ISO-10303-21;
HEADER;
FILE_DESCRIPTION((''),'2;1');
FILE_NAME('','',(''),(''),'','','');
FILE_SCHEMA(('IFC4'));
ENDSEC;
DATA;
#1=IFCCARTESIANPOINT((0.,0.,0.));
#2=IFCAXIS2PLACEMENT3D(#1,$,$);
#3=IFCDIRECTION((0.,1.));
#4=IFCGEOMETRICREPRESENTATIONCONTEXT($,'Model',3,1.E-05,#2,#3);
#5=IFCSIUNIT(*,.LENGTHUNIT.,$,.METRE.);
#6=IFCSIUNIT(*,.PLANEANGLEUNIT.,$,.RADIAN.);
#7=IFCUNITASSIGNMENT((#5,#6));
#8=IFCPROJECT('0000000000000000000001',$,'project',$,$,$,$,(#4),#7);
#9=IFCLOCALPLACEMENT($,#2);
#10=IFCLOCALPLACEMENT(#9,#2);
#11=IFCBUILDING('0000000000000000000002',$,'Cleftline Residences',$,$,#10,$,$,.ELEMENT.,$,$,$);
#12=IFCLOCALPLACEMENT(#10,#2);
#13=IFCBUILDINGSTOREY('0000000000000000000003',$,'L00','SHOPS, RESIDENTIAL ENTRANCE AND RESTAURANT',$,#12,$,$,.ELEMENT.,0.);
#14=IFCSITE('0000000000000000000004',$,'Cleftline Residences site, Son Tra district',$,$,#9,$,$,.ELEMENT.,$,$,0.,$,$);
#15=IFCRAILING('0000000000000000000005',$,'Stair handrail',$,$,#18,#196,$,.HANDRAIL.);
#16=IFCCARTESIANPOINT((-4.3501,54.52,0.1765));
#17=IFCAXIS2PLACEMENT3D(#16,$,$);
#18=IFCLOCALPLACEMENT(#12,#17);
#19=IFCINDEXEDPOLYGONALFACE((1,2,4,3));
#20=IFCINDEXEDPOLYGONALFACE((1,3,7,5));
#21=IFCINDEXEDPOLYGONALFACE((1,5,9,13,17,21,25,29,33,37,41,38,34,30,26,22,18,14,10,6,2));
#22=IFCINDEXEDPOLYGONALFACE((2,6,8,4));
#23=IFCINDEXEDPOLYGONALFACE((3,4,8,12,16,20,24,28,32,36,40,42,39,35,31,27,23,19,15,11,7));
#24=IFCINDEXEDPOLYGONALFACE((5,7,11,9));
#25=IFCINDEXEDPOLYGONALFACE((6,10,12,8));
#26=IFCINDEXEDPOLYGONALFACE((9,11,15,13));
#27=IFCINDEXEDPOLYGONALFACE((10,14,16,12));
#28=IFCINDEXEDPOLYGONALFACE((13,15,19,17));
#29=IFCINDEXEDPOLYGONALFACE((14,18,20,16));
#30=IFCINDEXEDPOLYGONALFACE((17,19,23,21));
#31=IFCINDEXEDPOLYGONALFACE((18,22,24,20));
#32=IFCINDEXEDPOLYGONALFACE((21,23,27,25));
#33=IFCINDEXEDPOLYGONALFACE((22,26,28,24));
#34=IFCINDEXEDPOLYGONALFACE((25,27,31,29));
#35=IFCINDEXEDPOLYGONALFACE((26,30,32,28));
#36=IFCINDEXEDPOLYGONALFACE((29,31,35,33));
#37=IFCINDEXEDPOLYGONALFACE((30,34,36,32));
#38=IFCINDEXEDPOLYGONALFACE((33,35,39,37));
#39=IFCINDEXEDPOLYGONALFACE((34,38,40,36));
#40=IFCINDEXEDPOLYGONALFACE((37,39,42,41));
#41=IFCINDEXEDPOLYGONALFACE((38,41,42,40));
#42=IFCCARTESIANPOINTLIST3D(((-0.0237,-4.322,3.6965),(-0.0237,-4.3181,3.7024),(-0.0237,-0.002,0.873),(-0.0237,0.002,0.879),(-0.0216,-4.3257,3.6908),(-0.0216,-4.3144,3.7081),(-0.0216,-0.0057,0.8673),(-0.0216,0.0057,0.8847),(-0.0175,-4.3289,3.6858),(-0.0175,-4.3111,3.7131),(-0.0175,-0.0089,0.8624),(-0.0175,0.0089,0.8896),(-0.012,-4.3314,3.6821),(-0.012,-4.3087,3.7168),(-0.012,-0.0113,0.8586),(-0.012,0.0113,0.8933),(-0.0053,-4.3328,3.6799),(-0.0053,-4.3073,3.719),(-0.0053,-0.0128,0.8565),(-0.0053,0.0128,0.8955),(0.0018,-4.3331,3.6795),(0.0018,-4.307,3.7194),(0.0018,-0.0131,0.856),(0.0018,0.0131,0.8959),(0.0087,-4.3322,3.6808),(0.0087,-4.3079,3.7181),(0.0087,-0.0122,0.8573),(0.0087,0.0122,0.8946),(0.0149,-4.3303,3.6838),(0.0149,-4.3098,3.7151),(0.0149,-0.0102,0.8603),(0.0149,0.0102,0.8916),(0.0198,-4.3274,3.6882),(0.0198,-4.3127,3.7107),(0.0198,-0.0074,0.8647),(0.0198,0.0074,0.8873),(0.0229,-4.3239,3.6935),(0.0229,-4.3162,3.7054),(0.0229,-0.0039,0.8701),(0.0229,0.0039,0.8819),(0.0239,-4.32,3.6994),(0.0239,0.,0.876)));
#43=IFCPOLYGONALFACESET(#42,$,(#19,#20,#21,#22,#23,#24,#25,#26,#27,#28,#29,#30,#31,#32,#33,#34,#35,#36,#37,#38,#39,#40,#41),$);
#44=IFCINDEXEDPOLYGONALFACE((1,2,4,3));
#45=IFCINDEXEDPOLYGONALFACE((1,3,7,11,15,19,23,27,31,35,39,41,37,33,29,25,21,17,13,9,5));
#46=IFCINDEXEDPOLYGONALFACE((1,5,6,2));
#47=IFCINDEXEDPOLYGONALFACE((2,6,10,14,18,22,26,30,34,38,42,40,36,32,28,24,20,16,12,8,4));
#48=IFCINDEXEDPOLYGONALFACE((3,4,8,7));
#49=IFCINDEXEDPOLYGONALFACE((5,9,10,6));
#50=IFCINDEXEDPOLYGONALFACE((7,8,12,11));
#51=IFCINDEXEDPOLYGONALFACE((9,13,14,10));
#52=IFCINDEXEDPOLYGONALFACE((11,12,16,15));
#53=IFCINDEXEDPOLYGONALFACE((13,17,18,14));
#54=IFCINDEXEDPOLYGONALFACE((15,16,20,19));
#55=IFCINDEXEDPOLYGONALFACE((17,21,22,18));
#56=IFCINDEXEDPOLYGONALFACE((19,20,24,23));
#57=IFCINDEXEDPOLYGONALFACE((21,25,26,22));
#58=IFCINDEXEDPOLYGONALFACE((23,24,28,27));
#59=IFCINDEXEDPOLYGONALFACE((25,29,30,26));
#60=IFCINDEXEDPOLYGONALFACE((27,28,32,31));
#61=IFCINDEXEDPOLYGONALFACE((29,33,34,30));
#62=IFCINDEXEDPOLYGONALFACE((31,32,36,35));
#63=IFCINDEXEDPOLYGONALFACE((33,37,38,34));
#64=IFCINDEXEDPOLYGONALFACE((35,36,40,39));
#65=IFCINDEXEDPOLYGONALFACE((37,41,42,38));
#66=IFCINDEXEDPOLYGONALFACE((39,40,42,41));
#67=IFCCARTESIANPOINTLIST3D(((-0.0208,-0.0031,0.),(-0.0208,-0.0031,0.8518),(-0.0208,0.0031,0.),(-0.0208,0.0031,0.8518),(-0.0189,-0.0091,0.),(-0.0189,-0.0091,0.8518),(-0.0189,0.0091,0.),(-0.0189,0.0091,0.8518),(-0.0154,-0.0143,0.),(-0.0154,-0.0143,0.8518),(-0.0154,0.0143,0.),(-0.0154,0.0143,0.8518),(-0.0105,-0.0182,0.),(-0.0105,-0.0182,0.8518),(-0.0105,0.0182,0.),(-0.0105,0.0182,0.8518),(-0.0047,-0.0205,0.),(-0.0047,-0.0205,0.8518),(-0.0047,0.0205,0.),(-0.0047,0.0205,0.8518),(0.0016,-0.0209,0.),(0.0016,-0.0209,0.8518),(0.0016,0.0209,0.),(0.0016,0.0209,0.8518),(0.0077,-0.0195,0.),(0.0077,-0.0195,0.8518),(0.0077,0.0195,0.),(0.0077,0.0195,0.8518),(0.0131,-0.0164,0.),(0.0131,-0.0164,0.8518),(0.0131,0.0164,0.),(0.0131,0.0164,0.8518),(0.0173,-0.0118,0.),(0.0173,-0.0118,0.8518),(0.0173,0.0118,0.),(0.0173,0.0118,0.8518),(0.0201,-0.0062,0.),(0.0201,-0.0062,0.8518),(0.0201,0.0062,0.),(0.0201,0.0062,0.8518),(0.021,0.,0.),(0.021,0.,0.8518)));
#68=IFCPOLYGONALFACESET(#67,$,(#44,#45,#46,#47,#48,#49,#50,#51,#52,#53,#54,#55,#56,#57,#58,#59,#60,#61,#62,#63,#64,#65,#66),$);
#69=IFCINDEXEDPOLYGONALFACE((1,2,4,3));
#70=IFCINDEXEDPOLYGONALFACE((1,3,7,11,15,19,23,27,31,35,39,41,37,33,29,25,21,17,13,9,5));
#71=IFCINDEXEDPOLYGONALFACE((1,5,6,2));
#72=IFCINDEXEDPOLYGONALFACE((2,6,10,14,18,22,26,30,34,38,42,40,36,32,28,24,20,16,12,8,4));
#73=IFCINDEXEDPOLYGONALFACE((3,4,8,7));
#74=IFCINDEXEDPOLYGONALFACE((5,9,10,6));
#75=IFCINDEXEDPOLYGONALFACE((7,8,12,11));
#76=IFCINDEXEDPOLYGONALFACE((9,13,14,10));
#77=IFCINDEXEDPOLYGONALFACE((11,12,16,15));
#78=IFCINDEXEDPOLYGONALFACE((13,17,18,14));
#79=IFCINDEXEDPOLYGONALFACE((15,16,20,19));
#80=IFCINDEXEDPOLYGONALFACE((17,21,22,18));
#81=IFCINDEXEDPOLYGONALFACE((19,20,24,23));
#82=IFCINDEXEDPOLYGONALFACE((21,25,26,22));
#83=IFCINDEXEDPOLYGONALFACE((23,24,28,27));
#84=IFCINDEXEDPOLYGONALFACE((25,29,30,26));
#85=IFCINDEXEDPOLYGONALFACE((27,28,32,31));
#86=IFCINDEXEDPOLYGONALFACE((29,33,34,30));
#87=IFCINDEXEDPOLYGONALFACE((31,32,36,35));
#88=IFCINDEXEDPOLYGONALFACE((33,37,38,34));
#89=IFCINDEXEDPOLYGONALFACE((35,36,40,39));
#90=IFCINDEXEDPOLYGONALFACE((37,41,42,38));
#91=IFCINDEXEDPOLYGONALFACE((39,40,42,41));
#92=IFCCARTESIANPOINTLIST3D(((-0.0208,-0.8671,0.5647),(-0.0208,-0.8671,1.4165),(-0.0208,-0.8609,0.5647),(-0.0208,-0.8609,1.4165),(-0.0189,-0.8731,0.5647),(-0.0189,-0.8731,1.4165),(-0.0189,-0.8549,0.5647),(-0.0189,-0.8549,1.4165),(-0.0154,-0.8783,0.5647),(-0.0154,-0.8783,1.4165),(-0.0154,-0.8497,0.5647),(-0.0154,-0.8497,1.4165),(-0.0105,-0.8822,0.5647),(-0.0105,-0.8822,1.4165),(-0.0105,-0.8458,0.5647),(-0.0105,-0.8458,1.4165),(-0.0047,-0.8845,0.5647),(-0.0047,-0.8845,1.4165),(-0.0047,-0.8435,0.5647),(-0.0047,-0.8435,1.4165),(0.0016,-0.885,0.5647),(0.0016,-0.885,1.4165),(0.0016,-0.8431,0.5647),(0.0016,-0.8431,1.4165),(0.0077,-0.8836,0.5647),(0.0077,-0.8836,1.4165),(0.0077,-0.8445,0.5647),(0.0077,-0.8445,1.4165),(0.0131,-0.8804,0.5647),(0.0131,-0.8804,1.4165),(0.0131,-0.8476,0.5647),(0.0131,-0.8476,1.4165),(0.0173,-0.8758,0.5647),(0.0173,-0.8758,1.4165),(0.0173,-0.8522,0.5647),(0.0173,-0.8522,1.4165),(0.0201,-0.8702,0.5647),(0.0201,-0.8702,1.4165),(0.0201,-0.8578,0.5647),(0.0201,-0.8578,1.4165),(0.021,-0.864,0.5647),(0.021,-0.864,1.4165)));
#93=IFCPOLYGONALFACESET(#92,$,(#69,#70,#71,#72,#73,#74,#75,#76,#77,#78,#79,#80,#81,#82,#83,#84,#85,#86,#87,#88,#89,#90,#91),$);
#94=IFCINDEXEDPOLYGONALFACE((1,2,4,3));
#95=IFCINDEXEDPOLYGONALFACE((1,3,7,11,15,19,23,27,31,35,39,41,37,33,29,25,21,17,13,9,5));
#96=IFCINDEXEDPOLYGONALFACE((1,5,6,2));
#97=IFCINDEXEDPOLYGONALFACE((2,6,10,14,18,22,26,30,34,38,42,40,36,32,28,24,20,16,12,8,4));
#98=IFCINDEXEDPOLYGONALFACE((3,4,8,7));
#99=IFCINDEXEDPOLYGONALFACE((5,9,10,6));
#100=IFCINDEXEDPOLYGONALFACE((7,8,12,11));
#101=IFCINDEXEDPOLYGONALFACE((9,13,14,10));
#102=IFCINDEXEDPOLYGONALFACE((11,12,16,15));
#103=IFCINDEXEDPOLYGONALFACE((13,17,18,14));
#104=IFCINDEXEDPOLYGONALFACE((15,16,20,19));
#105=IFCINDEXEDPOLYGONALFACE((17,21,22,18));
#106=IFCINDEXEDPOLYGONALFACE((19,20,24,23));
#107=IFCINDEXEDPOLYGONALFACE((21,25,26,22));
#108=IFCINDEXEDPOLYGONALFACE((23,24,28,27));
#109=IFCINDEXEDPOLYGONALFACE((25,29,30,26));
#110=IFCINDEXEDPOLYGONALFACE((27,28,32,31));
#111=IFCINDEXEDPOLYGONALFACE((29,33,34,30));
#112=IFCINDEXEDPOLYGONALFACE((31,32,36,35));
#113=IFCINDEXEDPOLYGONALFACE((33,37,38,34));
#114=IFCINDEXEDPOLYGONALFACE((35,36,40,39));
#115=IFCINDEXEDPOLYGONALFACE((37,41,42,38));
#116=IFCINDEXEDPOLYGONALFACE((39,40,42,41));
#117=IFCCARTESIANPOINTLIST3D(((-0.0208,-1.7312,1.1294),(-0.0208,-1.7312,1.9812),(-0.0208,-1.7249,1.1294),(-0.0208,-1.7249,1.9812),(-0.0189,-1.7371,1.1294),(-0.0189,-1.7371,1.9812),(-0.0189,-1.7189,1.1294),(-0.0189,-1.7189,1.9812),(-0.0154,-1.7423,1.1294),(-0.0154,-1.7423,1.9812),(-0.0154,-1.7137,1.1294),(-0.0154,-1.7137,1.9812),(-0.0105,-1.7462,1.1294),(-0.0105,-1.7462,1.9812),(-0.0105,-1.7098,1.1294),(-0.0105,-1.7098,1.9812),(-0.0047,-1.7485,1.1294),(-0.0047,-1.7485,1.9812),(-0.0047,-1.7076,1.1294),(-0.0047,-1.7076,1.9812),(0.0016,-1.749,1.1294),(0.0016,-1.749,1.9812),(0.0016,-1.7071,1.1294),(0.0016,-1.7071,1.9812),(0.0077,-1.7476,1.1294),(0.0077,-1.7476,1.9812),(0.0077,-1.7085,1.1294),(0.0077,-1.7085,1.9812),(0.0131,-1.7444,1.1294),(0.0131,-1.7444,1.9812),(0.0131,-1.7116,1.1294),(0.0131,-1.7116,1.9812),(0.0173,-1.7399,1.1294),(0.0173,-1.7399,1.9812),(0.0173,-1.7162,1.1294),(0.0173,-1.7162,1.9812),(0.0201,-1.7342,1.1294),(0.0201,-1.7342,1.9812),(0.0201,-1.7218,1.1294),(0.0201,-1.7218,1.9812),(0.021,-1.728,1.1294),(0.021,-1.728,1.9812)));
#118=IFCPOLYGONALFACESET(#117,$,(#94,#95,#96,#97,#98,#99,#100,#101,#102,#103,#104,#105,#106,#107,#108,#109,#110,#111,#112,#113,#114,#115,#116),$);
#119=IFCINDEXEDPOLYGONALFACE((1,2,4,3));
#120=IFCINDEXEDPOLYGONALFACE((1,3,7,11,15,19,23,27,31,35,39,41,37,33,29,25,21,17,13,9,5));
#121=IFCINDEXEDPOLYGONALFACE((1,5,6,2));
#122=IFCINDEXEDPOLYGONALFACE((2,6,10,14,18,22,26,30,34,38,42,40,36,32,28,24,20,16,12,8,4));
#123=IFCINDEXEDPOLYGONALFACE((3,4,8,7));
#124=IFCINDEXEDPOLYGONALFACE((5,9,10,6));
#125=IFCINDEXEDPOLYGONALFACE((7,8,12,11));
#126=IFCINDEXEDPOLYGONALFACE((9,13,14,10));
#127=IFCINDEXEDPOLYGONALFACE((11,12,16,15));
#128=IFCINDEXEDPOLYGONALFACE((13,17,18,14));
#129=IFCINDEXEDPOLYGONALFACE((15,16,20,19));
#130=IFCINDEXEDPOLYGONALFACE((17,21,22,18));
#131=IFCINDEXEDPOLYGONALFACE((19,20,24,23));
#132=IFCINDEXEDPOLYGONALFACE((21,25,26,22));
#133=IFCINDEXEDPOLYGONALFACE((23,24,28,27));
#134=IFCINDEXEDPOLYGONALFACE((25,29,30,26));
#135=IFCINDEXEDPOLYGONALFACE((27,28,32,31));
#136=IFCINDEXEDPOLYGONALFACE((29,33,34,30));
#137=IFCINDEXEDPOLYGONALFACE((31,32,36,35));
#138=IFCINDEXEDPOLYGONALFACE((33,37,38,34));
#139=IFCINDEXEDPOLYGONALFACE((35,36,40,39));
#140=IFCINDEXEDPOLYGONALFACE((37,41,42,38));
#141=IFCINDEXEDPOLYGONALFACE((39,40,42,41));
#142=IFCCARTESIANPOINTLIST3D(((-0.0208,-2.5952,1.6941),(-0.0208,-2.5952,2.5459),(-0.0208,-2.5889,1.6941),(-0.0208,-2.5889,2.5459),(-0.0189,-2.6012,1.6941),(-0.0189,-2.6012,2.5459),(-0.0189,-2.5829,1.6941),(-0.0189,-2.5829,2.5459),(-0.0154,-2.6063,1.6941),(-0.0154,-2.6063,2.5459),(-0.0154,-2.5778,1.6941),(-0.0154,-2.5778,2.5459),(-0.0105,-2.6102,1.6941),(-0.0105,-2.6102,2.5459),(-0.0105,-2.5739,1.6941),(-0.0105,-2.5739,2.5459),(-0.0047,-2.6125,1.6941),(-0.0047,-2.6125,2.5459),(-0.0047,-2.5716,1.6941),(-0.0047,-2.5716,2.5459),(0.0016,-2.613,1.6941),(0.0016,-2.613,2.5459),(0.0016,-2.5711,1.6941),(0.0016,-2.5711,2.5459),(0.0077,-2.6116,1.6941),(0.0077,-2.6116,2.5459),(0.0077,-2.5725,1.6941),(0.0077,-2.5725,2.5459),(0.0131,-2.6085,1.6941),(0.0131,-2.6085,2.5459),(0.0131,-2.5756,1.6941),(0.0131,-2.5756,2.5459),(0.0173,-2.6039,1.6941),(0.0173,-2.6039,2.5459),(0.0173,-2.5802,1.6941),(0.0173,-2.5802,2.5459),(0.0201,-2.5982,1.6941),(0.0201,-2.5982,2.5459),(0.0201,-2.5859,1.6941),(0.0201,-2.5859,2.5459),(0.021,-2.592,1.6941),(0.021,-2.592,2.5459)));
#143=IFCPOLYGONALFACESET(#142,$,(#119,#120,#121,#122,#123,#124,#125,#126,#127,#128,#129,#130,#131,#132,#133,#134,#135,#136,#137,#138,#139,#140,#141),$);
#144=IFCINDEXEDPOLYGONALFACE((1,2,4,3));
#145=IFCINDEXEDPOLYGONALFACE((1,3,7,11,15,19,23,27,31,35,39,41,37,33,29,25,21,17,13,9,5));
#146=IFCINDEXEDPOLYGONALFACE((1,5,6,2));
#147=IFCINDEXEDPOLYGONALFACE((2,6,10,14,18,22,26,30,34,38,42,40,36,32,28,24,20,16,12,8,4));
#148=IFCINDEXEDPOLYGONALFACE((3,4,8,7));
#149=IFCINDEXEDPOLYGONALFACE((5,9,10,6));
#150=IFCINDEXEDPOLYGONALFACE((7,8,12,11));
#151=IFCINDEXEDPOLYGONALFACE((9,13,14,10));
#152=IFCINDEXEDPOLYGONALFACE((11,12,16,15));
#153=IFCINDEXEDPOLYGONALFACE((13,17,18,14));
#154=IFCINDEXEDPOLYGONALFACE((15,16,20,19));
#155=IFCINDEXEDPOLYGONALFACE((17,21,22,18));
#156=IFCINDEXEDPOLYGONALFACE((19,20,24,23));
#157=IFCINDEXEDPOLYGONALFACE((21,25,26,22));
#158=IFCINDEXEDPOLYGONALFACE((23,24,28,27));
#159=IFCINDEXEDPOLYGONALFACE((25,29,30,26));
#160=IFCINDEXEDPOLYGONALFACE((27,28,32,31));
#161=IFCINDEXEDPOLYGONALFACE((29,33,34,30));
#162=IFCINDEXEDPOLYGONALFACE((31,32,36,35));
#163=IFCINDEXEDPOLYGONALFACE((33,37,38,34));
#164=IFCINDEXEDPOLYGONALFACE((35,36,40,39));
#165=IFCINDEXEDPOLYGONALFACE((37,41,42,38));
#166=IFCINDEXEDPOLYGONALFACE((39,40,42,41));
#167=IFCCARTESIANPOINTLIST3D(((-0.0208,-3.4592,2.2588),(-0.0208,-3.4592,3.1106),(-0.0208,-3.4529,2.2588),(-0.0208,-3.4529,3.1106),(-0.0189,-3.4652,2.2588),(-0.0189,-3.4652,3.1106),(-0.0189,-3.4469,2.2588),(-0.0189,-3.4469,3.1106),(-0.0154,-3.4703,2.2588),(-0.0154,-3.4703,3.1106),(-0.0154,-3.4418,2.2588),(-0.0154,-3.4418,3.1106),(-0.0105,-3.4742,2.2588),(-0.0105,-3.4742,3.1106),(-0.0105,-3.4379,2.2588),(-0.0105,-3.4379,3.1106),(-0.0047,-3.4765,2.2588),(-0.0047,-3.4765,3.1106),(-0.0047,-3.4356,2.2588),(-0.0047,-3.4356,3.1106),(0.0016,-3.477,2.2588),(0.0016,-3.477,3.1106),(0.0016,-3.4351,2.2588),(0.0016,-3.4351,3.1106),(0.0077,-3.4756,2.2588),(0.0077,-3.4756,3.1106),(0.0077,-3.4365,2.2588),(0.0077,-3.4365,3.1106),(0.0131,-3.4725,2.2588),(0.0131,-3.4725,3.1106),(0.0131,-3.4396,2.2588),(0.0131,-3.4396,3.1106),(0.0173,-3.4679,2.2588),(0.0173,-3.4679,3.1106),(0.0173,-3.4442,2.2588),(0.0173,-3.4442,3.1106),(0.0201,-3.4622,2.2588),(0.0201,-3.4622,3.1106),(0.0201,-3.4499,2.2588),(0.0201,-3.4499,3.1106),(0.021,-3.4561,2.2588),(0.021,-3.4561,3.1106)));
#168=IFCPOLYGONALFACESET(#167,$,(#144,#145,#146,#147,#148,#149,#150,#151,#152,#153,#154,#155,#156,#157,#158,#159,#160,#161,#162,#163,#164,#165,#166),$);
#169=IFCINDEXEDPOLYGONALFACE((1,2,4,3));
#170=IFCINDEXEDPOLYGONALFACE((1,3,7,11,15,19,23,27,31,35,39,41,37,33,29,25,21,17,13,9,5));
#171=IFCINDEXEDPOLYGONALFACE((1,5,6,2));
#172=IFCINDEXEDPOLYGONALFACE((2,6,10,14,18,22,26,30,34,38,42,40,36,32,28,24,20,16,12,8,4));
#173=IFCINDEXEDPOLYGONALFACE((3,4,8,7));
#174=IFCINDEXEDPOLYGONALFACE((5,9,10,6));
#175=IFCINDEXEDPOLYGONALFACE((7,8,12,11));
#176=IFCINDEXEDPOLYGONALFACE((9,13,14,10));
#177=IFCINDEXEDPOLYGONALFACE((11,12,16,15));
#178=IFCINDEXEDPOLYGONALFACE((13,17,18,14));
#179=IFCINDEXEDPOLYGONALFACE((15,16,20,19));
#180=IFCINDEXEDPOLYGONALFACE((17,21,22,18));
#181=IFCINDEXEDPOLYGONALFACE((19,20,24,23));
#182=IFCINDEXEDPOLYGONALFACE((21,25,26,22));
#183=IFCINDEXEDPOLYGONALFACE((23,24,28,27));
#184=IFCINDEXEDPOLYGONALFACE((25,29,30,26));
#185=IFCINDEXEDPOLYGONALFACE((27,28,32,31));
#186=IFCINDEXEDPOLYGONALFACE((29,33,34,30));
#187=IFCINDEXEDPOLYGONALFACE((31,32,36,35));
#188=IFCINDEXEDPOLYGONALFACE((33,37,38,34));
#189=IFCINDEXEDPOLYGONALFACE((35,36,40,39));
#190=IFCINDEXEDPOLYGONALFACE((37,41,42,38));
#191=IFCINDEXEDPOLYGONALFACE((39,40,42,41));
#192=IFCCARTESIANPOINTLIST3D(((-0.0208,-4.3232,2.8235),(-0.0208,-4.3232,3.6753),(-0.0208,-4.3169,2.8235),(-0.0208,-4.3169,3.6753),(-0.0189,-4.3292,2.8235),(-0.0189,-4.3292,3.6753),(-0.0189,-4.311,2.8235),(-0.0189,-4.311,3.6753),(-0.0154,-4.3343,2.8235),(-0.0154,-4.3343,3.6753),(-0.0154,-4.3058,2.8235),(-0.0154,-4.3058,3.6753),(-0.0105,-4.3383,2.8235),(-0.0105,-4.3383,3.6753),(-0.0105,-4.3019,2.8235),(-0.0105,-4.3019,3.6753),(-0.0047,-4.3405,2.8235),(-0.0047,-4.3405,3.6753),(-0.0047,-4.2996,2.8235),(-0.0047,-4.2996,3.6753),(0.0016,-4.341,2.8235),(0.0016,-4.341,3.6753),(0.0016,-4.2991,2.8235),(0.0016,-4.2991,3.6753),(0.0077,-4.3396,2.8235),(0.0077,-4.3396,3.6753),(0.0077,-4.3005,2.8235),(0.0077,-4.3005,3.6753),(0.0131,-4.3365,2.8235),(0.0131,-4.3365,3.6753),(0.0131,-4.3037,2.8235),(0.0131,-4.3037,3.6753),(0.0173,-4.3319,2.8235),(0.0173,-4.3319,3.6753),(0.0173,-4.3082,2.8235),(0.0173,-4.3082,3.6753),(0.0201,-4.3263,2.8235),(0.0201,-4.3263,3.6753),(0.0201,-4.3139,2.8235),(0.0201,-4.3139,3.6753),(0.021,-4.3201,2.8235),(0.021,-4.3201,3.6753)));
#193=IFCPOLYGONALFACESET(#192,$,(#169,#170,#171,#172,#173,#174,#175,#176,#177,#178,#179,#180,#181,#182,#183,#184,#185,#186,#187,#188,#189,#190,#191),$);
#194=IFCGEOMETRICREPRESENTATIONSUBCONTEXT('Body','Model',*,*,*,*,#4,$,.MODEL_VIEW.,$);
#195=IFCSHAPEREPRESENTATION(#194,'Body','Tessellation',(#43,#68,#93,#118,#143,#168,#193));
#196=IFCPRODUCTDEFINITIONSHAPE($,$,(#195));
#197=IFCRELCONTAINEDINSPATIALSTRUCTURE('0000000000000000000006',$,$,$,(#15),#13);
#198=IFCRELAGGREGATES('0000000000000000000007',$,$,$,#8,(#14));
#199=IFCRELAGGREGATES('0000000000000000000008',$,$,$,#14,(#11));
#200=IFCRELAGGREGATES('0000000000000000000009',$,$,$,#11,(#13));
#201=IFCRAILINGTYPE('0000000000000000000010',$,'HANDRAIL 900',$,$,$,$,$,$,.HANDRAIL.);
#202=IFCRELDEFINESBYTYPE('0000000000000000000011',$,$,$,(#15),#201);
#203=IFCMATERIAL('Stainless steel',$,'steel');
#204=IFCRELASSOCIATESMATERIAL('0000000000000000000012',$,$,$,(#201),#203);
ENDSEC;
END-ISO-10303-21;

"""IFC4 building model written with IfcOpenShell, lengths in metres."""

from ifc_helpers import new_model, si_unit, direction, frame, origin, origin_2d, place, context, subcontext, project, spatial, circle, extrude, material, type_object, element, save


model = new_model("IFC4")

# Units and contexts
model_context = context("Model", 3, precision=1e-05, world=origin(), true_north=direction((0.0, 1.0)))
body_context = subcontext(model_context, "Body", "Model", "MODEL_VIEW")
ifc_project = project(units=[si_unit("LENGTHUNIT", "METRE"), si_unit("PLANEANGLEUNIT", "RADIAN")], contexts=[model_context])

# Site, building, storey
site_placement = place(None, origin())
site = spatial("IfcSite", under=ifc_project, at=site_placement, Name="Cleftline Residences site, Son Tra district", CompositionType="ELEMENT", RefElevation=0.0)
building_placement = place(site_placement, origin())
building = spatial("IfcBuilding", under=site, at=building_placement, Name="Cleftline Residences", CompositionType="ELEMENT")
storey_placement = place(building_placement, origin())
storey = spatial("IfcBuildingStorey", under=building, at=storey_placement, Name="L00", Description="SHOPS, RESIDENTIAL ENTRANCE AND RESTAURANT", CompositionType="ELEMENT", Elevation=0.0)

# Railing
ifc_material_1 = material(Name="Stainless steel", Category="steel")
railing_type = type_object("IfcRailingType", Name="HANDRAIL 900", PredefinedType="HANDRAIL", material=ifc_material_1)
railing_1_placement = place(storey_placement, frame((-4.3501, 54.52, 0.1765)))
element("IfcRailing", 1, at=railing_1_placement, inside=storey, type_object=railing_type, Name="Stair handrail", PredefinedType="HANDRAIL", context=body_context, shape_type="SweptSolid", body=[
    extrude(circle(Radius=0.0239, at=origin_2d()), frame((0.0, 0.0, 0.876), z_axis=(0.0, -0.837074, 0.54709), x_axis=(1.0, 0.0, 0.0)), (0.0, 0.0, 1.0), 5.1609),
    extrude(circle(Radius=0.021, at=origin_2d()), origin(), (0.0, 0.0, 1.0), 0.8518),
    extrude(circle(Radius=0.021, at=origin_2d()), frame((0.0, -0.864, 0.5647)), (0.0, 0.0, 1.0), 0.8518),
    extrude(circle(Radius=0.021, at=origin_2d()), frame((0.0, -1.728, 1.1294)), (0.0, 0.0, 1.0), 0.8518),
    extrude(circle(Radius=0.021, at=origin_2d()), frame((0.0, -2.592, 1.6941)), (0.0, 0.0, 1.0), 0.8518),
    extrude(circle(Radius=0.021, at=origin_2d()), frame((0.0, -3.4561, 2.2588)), (0.0, 0.0, 1.0), 0.8518),
    extrude(circle(Radius=0.021, at=origin_2d()), frame((0.0, -4.3201, 2.8235)), (0.0, 0.0, 1.0), 0.8518),
])

save(model, "model.ifc")
